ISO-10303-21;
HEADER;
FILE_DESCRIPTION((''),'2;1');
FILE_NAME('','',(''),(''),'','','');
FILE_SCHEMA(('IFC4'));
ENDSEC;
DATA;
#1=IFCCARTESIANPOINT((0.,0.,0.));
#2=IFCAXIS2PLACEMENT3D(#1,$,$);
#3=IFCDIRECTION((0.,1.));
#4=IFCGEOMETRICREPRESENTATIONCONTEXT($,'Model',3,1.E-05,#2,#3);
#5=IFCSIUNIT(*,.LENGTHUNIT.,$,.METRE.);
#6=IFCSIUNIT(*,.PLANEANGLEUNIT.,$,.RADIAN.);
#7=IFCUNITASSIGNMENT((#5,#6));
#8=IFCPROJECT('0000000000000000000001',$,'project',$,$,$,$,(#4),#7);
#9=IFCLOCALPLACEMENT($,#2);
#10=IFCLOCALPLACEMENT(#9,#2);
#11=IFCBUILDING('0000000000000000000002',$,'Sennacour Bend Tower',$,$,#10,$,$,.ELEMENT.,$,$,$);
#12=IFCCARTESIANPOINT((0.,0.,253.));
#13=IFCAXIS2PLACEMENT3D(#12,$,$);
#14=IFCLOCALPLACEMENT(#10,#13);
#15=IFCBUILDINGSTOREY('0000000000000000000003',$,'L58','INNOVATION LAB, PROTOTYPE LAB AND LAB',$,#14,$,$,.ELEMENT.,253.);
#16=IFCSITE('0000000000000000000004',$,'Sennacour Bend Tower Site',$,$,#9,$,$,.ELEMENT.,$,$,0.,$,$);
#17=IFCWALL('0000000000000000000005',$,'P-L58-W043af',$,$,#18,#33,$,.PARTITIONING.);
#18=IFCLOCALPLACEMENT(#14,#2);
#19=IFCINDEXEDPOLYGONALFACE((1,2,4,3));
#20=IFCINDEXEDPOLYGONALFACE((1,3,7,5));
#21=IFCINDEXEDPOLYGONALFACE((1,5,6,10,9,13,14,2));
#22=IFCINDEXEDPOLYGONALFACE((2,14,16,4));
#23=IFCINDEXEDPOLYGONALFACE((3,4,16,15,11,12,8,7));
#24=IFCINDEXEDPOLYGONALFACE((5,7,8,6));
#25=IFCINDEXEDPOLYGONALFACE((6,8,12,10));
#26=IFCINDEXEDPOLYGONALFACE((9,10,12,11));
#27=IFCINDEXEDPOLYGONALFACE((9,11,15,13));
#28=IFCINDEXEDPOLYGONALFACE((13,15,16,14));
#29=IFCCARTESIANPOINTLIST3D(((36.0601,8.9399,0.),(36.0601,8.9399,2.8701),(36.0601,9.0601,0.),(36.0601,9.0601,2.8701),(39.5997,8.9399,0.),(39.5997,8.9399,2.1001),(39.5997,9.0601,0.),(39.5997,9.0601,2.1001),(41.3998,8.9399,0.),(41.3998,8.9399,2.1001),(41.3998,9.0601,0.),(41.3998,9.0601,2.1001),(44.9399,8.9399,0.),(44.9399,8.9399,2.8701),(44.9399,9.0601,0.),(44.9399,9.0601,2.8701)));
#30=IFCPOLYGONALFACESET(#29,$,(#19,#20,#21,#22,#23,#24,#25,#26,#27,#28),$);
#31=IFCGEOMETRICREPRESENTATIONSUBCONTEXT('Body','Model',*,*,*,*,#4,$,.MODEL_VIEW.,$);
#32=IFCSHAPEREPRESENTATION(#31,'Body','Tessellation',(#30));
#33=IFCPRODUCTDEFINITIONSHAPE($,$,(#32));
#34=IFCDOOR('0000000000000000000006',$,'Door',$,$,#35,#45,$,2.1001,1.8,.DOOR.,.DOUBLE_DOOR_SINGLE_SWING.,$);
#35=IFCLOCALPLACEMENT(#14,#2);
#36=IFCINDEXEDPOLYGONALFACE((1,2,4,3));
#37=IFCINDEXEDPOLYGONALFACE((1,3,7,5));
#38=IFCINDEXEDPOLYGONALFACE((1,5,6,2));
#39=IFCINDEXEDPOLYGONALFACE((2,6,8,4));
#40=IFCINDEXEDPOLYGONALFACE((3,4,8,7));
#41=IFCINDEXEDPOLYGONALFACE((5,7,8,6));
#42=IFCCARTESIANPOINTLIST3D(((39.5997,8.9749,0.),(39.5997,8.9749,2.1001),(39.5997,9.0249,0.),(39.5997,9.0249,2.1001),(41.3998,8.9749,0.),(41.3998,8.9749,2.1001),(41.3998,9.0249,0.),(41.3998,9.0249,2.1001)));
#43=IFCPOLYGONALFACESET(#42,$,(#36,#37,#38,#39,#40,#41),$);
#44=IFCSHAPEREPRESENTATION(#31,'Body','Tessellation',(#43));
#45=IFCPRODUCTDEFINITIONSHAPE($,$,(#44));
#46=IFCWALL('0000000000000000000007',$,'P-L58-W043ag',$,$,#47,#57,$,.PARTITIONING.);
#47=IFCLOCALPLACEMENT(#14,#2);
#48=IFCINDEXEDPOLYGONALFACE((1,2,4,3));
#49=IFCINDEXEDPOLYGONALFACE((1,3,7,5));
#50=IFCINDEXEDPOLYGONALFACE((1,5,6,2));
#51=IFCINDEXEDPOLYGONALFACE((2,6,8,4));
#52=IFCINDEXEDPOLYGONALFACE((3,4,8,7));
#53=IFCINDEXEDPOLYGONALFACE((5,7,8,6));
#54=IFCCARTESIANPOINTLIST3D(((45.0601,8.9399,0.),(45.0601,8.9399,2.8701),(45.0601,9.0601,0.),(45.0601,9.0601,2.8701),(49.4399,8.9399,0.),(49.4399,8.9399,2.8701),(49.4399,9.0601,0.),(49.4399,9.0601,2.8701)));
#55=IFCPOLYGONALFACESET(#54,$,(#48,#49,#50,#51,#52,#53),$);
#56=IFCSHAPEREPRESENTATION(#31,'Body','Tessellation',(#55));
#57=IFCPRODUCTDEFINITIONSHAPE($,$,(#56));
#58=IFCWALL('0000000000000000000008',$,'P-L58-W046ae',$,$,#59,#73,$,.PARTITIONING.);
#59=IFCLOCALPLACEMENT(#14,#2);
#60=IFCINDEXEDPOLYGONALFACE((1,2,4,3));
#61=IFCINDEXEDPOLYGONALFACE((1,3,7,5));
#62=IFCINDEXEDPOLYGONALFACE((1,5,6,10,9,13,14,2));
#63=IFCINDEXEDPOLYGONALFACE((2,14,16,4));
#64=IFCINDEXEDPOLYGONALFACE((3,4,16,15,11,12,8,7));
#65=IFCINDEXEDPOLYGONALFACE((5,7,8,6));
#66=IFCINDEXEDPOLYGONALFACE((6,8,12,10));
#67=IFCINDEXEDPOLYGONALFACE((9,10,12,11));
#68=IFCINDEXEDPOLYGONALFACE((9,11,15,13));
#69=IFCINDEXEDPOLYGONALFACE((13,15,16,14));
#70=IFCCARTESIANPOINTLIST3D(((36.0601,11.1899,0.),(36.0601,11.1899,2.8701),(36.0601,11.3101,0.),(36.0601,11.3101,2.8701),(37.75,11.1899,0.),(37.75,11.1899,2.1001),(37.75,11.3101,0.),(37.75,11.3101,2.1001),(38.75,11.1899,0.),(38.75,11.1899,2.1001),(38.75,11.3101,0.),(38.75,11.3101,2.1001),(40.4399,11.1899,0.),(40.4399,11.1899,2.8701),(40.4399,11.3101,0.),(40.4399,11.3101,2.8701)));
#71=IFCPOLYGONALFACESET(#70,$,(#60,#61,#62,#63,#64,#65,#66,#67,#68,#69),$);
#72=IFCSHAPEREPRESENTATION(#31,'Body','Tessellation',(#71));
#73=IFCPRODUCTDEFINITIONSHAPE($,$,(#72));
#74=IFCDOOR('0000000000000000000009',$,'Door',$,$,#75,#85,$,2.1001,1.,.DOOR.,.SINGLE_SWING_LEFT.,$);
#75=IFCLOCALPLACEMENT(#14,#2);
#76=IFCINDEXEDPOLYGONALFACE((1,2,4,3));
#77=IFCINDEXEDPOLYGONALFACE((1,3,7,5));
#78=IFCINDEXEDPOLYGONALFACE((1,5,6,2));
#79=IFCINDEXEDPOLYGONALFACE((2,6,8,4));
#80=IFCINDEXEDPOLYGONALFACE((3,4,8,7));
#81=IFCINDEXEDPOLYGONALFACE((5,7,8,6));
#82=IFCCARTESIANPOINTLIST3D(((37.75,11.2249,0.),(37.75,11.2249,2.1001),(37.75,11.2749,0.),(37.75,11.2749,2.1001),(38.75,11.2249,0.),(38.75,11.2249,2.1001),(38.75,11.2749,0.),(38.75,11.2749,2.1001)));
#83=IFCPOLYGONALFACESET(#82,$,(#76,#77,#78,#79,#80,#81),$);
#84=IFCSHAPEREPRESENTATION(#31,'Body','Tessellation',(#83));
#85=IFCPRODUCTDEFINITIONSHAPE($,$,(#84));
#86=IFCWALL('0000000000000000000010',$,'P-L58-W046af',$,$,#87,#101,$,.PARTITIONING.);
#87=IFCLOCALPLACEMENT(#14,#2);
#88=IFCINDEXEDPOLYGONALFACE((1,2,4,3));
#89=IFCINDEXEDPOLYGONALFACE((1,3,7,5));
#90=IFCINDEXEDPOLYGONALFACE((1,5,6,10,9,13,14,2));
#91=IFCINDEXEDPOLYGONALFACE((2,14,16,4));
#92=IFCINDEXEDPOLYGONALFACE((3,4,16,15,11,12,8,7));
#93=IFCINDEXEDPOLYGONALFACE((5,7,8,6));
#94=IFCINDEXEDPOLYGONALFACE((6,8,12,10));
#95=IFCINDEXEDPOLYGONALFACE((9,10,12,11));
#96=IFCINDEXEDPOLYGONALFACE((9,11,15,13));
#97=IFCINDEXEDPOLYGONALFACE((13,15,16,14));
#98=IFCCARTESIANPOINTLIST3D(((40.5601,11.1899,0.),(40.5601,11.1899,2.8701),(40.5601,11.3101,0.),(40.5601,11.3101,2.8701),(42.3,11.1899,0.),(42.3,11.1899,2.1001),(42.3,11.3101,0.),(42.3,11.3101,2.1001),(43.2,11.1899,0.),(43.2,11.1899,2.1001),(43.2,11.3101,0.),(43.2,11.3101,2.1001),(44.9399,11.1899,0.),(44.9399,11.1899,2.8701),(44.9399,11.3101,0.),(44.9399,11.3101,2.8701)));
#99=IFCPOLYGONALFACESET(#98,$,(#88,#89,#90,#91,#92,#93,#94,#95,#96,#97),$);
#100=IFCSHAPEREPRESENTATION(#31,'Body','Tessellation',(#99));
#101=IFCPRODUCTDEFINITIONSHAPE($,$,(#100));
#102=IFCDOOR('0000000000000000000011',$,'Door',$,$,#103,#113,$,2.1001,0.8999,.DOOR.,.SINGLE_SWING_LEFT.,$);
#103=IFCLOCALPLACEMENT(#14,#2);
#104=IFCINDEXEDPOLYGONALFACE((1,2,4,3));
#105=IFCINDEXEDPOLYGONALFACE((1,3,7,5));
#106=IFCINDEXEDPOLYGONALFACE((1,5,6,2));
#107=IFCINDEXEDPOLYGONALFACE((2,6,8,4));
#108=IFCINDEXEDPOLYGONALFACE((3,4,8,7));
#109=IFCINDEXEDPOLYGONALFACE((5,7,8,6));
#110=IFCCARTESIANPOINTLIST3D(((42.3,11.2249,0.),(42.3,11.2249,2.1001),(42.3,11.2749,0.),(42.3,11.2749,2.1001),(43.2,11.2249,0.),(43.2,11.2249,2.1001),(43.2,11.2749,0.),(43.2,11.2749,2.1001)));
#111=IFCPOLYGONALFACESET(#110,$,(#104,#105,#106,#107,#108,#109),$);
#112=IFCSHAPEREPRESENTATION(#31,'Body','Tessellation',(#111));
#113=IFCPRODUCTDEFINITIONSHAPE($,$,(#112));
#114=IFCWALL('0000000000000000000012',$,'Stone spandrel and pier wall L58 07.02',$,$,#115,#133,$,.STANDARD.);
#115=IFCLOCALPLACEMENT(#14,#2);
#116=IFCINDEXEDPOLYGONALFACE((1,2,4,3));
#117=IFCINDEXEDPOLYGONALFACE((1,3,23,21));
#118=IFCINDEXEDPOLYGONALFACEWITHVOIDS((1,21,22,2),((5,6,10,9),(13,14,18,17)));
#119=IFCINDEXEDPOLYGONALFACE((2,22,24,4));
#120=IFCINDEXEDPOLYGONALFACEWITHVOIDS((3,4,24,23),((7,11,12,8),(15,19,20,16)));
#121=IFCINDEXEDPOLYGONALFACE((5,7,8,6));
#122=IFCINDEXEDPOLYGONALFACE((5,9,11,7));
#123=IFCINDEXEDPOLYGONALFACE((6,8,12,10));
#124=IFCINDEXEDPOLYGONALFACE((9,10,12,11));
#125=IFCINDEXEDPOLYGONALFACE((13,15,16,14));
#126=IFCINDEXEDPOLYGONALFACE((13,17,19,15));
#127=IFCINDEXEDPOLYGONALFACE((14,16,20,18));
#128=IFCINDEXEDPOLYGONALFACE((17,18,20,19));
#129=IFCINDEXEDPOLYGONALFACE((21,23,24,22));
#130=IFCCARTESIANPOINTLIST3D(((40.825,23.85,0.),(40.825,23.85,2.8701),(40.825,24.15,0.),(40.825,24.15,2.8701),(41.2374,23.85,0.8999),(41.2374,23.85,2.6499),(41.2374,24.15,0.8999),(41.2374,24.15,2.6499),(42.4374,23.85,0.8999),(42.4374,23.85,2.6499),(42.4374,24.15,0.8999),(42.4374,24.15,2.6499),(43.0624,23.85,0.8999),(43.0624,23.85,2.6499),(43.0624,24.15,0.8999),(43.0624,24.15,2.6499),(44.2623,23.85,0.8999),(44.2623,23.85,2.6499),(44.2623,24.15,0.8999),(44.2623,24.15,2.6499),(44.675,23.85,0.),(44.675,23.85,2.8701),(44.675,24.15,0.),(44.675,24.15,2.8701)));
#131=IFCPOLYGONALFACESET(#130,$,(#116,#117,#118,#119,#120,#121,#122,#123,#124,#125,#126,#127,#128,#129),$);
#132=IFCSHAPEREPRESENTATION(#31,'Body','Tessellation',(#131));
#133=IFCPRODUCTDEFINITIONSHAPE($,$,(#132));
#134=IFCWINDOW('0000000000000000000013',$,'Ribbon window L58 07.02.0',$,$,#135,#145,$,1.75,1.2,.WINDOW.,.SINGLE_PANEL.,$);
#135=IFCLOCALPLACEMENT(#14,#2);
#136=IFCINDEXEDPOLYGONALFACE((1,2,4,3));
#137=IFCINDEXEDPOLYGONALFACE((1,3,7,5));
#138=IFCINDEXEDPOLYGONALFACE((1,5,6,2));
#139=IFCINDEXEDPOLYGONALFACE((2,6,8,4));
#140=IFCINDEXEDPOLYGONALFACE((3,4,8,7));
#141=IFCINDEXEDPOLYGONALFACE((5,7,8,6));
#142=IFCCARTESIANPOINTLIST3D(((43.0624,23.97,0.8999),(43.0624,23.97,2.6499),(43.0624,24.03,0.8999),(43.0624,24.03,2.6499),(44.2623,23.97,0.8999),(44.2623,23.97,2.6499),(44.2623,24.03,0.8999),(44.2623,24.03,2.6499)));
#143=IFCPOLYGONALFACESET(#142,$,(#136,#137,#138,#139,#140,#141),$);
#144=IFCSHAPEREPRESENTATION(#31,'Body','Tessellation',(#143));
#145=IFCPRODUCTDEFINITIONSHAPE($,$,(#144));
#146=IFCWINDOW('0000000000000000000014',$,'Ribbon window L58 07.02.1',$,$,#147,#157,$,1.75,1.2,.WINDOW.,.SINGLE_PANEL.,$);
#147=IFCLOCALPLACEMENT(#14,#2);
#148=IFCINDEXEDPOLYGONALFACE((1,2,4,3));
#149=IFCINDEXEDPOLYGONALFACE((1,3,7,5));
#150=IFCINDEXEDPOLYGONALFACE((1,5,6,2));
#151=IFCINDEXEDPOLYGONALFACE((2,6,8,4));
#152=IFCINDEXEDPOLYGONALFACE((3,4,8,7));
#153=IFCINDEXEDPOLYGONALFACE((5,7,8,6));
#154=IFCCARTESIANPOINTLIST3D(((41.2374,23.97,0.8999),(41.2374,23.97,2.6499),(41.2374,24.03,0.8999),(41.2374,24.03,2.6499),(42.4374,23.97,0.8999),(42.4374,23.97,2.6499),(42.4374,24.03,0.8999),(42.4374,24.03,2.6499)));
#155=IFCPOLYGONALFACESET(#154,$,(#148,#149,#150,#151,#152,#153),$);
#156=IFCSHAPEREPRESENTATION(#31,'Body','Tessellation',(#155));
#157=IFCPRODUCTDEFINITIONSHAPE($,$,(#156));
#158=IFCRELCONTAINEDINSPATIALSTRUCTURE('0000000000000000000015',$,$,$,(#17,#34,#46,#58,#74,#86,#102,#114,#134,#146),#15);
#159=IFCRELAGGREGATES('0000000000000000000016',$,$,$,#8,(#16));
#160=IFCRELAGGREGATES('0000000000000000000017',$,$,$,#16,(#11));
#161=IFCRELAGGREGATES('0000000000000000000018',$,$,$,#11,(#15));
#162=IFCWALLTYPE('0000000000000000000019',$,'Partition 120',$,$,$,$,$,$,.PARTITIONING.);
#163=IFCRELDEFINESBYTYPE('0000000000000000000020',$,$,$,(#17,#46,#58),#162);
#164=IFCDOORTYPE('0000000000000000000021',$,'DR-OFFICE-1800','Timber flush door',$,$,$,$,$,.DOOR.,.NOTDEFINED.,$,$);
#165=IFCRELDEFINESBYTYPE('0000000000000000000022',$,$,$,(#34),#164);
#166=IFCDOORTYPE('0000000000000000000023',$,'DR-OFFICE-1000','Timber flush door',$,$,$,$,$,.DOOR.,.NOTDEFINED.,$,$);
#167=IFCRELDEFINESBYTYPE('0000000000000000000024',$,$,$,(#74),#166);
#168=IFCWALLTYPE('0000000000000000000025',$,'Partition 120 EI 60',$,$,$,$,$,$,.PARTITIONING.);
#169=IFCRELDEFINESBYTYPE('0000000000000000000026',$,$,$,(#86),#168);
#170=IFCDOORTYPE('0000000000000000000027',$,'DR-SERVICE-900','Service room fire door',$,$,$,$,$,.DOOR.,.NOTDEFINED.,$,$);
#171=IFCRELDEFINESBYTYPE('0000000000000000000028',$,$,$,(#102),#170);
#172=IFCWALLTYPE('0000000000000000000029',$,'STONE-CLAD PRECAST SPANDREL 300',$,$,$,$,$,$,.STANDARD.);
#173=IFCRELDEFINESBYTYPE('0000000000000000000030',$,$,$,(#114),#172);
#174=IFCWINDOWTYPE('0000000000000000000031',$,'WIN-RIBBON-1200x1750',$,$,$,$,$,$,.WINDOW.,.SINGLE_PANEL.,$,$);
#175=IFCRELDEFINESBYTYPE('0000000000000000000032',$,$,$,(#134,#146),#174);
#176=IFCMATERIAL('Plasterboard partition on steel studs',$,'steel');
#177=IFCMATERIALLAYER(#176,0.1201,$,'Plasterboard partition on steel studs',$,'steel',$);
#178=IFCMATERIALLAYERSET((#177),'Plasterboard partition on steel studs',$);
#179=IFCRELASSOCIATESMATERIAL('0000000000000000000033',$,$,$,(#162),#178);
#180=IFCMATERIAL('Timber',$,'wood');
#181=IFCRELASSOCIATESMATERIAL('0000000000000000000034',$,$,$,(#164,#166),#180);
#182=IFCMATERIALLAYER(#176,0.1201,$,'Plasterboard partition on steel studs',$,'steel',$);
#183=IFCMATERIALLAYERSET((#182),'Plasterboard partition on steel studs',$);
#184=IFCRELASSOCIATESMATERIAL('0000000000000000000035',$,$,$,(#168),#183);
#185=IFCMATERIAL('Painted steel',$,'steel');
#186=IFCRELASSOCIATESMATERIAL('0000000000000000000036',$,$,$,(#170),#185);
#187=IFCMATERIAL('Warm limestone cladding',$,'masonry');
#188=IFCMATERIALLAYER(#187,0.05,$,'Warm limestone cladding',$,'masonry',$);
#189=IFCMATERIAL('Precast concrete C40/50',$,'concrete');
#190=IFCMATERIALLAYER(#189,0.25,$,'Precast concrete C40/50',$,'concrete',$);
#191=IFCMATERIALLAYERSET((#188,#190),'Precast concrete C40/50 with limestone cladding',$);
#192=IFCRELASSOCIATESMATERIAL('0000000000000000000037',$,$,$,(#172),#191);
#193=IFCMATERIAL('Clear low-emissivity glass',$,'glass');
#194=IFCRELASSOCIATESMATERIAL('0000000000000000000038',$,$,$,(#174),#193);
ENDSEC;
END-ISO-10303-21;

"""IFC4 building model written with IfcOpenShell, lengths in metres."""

from ifc_helpers import new_model, si_unit, direction, frame, frame_2d, origin, place, context, subcontext, project, spatial, rectangle, extrude, material, layer, layer_set, type_object, element, fill, save


model = new_model("IFC4")

# Units and contexts
model_context = context("Model", 3, precision=1e-05, world=origin(), true_north=direction((0.0, 1.0)))
body_context = subcontext(model_context, "Body", "Model", "MODEL_VIEW")
ifc_project = project(units=[si_unit("LENGTHUNIT", "METRE"), si_unit("PLANEANGLEUNIT", "RADIAN")], contexts=[model_context])

# Site, building, storey
site_placement = place(None, origin())
site = spatial("IfcSite", under=ifc_project, at=site_placement, Name="Sennacour Bend Tower Site", CompositionType="ELEMENT", RefElevation=0.0)
building_placement = place(site_placement, origin())
building = spatial("IfcBuilding", under=site, at=building_placement, Name="Sennacour Bend Tower", CompositionType="ELEMENT")
storey_placement = place(building_placement, frame((0.0, 0.0, 253.0)))
storey = spatial("IfcBuildingStorey", under=building, at=storey_placement, Name="L58", Description="INNOVATION LAB, PROTOTYPE LAB AND LAB", CompositionType="ELEMENT", Elevation=253.0)

# Shared definitions
ifc_material_1 = material(Name="Plasterboard partition on steel studs", Category="steel")
ifc_layer_1 = layer(ifc_material_1, 0.1201, Name="Plasterboard partition on steel studs", Category="steel")
ifc_layer_set_1 = layer_set([ifc_layer_1], Name="Plasterboard partition on steel studs")
wall_type_1 = type_object("IfcWallType", Name="Partition 120", PredefinedType="PARTITIONING", material=ifc_layer_set_1)

# Wall, opening, door
wall_1_placement = place(storey_placement, frame((36.0601, 9.0, 0.0), z_axis=(0.0, 0.0, 1.0), x_axis=(1.0, 0.0, 0.0)))
wall_1 = element("IfcWall", 1, at=wall_1_placement, inside=storey, type_object=wall_type_1, Name="P-L58-W043af", PredefinedType="PARTITIONING", context=body_context, shape_type="SweptSolid", body=[
    extrude(rectangle(XDim=8.8799, YDim=0.1201, at=frame_2d((4.4399, 0.0))), origin(), (0.0, 0.0, 1.0), 2.8701),
])
opening_1_placement = place(wall_1_placement, frame((3.5398, 0.0, 0.0)))
opening_1 = element("IfcOpeningElement", 2, at=opening_1_placement, cuts=wall_1, PredefinedType="OPENING", context=body_context, shape_type="SweptSolid", body=[
    extrude(rectangle(XDim=1.8, YDim=2.1001, at=frame_2d((0.8999, 1.05))), frame((0.0, 0.0701, 0.0), z_axis=(0.0, -1.0, 0.0), x_axis=(1.0, 0.0, 0.0)), (0.0, 0.0, 1.0), 0.1401),
])
ifc_material_2 = material(Name="Timber", Category="wood")
door_type_1 = type_object("IfcDoorType", Name="DR-OFFICE-1800", Description="Timber flush door", OperationType="NOTDEFINED", PredefinedType="DOOR", material=ifc_material_2)
door_1_placement = place(opening_1_placement, origin())
door_1 = element("IfcDoor", 3, at=door_1_placement, inside=storey, type_object=door_type_1, Name="Door", OperationType="DOUBLE_DOOR_SINGLE_SWING", OverallHeight=2.1001, OverallWidth=1.8, PredefinedType="DOOR", context=body_context, shape_type="SweptSolid", body=[
    extrude(rectangle(XDim=1.8, YDim=2.1001, at=frame_2d((0.8999, 1.05))), frame((0.0, 0.0249, 0.0), z_axis=(0.0, -1.0, 0.0), x_axis=(1.0, 0.0, 0.0)), (0.0, 0.0, 1.0), 0.05),
])
fill(opening_1, door_1)

# Wall
wall_2_placement = place(storey_placement, frame((45.0601, 9.0, 0.0), z_axis=(0.0, 0.0, 1.0), x_axis=(1.0, 0.0, 0.0)))
element("IfcWall", 4, at=wall_2_placement, inside=storey, type_object=wall_type_1, Name="P-L58-W043ag", PredefinedType="PARTITIONING", context=body_context, shape_type="SweptSolid", body=[
    extrude(rectangle(XDim=4.3799, YDim=0.1201, at=frame_2d((2.1899, 0.0))), origin(), (0.0, 0.0, 1.0), 2.8701),
])

# Walls, openings, doors
wall_3_placement = place(storey_placement, frame((36.0601, 11.25, 0.0), z_axis=(0.0, 0.0, 1.0), x_axis=(1.0, 0.0, 0.0)))
wall_3 = element("IfcWall", 5, at=wall_3_placement, inside=storey, type_object=wall_type_1, Name="P-L58-W046ae", PredefinedType="PARTITIONING", context=body_context, shape_type="SweptSolid", body=[
    extrude(rectangle(XDim=4.3799, YDim=0.1201, at=frame_2d((2.1899, 0.0))), origin(), (0.0, 0.0, 1.0), 2.8701),
])
opening_2_placement = place(wall_3_placement, frame((1.6899, 0.0, 0.0)))
opening_2 = element("IfcOpeningElement", 6, at=opening_2_placement, cuts=wall_3, PredefinedType="OPENING", context=body_context, shape_type="SweptSolid", body=[
    extrude(rectangle(XDim=1.0, YDim=2.1001, at=frame_2d((0.5, 1.05))), frame((0.0, 0.0701, 0.0), z_axis=(0.0, -1.0, 0.0), x_axis=(1.0, 0.0, 0.0)), (0.0, 0.0, 1.0), 0.1401),
])
door_type_2 = type_object("IfcDoorType", Name="DR-OFFICE-1000", Description="Timber flush door", OperationType="NOTDEFINED", PredefinedType="DOOR", material=ifc_material_2)
door_2_placement = place(opening_2_placement, origin())
door_2 = element("IfcDoor", 7, at=door_2_placement, inside=storey, type_object=door_type_2, Name="Door", OperationType="SINGLE_SWING_LEFT", OverallHeight=2.1001, OverallWidth=1.0, PredefinedType="DOOR", context=body_context, shape_type="SweptSolid", body=[
    extrude(rectangle(XDim=1.0, YDim=2.1001, at=frame_2d((0.5, 1.05))), frame((0.0, 0.0249, 0.0), z_axis=(0.0, -1.0, 0.0), x_axis=(1.0, 0.0, 0.0)), (0.0, 0.0, 1.0), 0.05),
])
fill(opening_2, door_2)
ifc_layer_2 = layer(ifc_material_1, 0.1201, Name="Plasterboard partition on steel studs", Category="steel")
ifc_layer_set_2 = layer_set([ifc_layer_2], Name="Plasterboard partition on steel studs")
wall_type_2 = type_object("IfcWallType", Name="Partition 120 EI 60", PredefinedType="PARTITIONING", material=ifc_layer_set_2)
wall_4_placement = place(storey_placement, frame((40.5601, 11.25, 0.0), z_axis=(0.0, 0.0, 1.0), x_axis=(1.0, 0.0, 0.0)))
wall_4 = element("IfcWall", 8, at=wall_4_placement, inside=storey, type_object=wall_type_2, Name="P-L58-W046af", PredefinedType="PARTITIONING", context=body_context, shape_type="SweptSolid", body=[
    extrude(rectangle(XDim=4.3799, YDim=0.1201, at=frame_2d((2.1899, 0.0))), origin(), (0.0, 0.0, 1.0), 2.8701),
])
opening_3_placement = place(wall_4_placement, frame((1.74, 0.0, 0.0)))
opening_3 = element("IfcOpeningElement", 9, at=opening_3_placement, cuts=wall_4, PredefinedType="OPENING", context=body_context, shape_type="SweptSolid", body=[
    extrude(rectangle(XDim=0.8999, YDim=2.1001, at=frame_2d((0.45, 1.05))), frame((0.0, 0.0701, 0.0), z_axis=(0.0, -1.0, 0.0), x_axis=(1.0, 0.0, 0.0)), (0.0, 0.0, 1.0), 0.1401),
])
ifc_material_3 = material(Name="Painted steel", Category="steel")
door_type_3 = type_object("IfcDoorType", Name="DR-SERVICE-900", Description="Service room fire door", OperationType="NOTDEFINED", PredefinedType="DOOR", material=ifc_material_3)
door_3_placement = place(opening_3_placement, origin())
door_3 = element("IfcDoor", 10, at=door_3_placement, inside=storey, type_object=door_type_3, Name="Door", OperationType="SINGLE_SWING_LEFT", OverallHeight=2.1001, OverallWidth=0.8999, PredefinedType="DOOR", context=body_context, shape_type="SweptSolid", body=[
    extrude(rectangle(XDim=0.8999, YDim=2.1001, at=frame_2d((0.45, 1.05))), frame((0.0, 0.0249, 0.0), z_axis=(0.0, -1.0, 0.0), x_axis=(1.0, 0.0, 0.0)), (0.0, 0.0, 1.0), 0.05),
])
fill(opening_3, door_3)

# Wall, openings, windows
ifc_material_4 = material(Name="Warm limestone cladding", Category="masonry")
ifc_layer_3 = layer(ifc_material_4, 0.05, Name="Warm limestone cladding", Category="masonry")
ifc_material_5 = material(Name="Precast concrete C40/50", Category="concrete")
ifc_layer_4 = layer(ifc_material_5, 0.25, Name="Precast concrete C40/50", Category="concrete")
ifc_layer_set_3 = layer_set([ifc_layer_3, ifc_layer_4], Name="Precast concrete C40/50 with limestone cladding")
wall_type_3 = type_object("IfcWallType", Name="STONE-CLAD PRECAST SPANDREL 300", PredefinedType="STANDARD", material=ifc_layer_set_3)
wall_5_placement = place(storey_placement, frame((44.675, 24.0, 0.0), z_axis=(0.0, 0.0, 1.0), x_axis=(-1.0, 0.0, 0.0)))
wall_5 = element("IfcWall", 11, at=wall_5_placement, inside=storey, type_object=wall_type_3, Name="Stone spandrel and pier wall L58 07.02", PredefinedType="STANDARD", context=body_context, shape_type="SweptSolid", body=[
    extrude(rectangle(XDim=3.8501, YDim=0.3, at=frame_2d((1.925, 0.0))), origin(), (0.0, 0.0, 1.0), 2.8701),
])
opening_4_placement = place(wall_5_placement, frame((0.4126, 0.0, 0.8999)))
opening_4 = element("IfcOpeningElement", 12, at=opening_4_placement, cuts=wall_5, PredefinedType="OPENING", context=body_context, shape_type="SweptSolid", body=[
    extrude(rectangle(XDim=1.2, YDim=1.75, at=frame_2d((0.6001, 0.875))), frame((0.0, 0.1602, 0.0), z_axis=(0.0, -1.0, 0.0), x_axis=(1.0, 0.0, 0.0)), (0.0, 0.0, 1.0), 0.3201),
])
opening_5_placement = place(wall_5_placement, frame((2.2375, 0.0, 0.8999)))
opening_5 = element("IfcOpeningElement", 13, at=opening_5_placement, cuts=wall_5, PredefinedType="OPENING", context=body_context, shape_type="SweptSolid", body=[
    extrude(rectangle(XDim=1.2, YDim=1.75, at=frame_2d((0.6001, 0.875))), frame((0.0, 0.1602, 0.0), z_axis=(0.0, -1.0, 0.0), x_axis=(1.0, 0.0, 0.0)), (0.0, 0.0, 1.0), 0.3201),
])
ifc_material_6 = material(Name="Clear low-emissivity glass", Category="glass")
window_type = type_object("IfcWindowType", Name="WIN-RIBBON-1200x1750", PartitioningType="SINGLE_PANEL", PredefinedType="WINDOW", material=ifc_material_6)
window_1_placement = place(opening_4_placement, origin())
window_1 = element("IfcWindow", 14, at=window_1_placement, inside=storey, type_object=window_type, Name="Ribbon window L58 07.02.0", OverallHeight=1.75, OverallWidth=1.2, PartitioningType="SINGLE_PANEL", PredefinedType="WINDOW", context=body_context, shape_type="SweptSolid", body=[
    extrude(rectangle(XDim=1.2, YDim=1.75, at=frame_2d((0.6001, 0.875))), frame((0.0, 0.03, 0.0), z_axis=(0.0, -1.0, 0.0), x_axis=(1.0, 0.0, 0.0)), (0.0, 0.0, 1.0), 0.0601),
])
fill(opening_4, window_1)
window_2_placement = place(opening_5_placement, origin())
window_2 = element("IfcWindow", 15, at=window_2_placement, inside=storey, type_object=window_type, Name="Ribbon window L58 07.02.1", OverallHeight=1.75, OverallWidth=1.2, PartitioningType="SINGLE_PANEL", PredefinedType="WINDOW", context=body_context, shape_type="SweptSolid", body=[
    extrude(rectangle(XDim=1.2, YDim=1.75, at=frame_2d((0.6001, 0.875))), frame((0.0, 0.03, 0.0), z_axis=(0.0, -1.0, 0.0), x_axis=(1.0, 0.0, 0.0)), (0.0, 0.0, 1.0), 0.0601),
])
fill(opening_5, window_2)

save(model, "model.ifc")
